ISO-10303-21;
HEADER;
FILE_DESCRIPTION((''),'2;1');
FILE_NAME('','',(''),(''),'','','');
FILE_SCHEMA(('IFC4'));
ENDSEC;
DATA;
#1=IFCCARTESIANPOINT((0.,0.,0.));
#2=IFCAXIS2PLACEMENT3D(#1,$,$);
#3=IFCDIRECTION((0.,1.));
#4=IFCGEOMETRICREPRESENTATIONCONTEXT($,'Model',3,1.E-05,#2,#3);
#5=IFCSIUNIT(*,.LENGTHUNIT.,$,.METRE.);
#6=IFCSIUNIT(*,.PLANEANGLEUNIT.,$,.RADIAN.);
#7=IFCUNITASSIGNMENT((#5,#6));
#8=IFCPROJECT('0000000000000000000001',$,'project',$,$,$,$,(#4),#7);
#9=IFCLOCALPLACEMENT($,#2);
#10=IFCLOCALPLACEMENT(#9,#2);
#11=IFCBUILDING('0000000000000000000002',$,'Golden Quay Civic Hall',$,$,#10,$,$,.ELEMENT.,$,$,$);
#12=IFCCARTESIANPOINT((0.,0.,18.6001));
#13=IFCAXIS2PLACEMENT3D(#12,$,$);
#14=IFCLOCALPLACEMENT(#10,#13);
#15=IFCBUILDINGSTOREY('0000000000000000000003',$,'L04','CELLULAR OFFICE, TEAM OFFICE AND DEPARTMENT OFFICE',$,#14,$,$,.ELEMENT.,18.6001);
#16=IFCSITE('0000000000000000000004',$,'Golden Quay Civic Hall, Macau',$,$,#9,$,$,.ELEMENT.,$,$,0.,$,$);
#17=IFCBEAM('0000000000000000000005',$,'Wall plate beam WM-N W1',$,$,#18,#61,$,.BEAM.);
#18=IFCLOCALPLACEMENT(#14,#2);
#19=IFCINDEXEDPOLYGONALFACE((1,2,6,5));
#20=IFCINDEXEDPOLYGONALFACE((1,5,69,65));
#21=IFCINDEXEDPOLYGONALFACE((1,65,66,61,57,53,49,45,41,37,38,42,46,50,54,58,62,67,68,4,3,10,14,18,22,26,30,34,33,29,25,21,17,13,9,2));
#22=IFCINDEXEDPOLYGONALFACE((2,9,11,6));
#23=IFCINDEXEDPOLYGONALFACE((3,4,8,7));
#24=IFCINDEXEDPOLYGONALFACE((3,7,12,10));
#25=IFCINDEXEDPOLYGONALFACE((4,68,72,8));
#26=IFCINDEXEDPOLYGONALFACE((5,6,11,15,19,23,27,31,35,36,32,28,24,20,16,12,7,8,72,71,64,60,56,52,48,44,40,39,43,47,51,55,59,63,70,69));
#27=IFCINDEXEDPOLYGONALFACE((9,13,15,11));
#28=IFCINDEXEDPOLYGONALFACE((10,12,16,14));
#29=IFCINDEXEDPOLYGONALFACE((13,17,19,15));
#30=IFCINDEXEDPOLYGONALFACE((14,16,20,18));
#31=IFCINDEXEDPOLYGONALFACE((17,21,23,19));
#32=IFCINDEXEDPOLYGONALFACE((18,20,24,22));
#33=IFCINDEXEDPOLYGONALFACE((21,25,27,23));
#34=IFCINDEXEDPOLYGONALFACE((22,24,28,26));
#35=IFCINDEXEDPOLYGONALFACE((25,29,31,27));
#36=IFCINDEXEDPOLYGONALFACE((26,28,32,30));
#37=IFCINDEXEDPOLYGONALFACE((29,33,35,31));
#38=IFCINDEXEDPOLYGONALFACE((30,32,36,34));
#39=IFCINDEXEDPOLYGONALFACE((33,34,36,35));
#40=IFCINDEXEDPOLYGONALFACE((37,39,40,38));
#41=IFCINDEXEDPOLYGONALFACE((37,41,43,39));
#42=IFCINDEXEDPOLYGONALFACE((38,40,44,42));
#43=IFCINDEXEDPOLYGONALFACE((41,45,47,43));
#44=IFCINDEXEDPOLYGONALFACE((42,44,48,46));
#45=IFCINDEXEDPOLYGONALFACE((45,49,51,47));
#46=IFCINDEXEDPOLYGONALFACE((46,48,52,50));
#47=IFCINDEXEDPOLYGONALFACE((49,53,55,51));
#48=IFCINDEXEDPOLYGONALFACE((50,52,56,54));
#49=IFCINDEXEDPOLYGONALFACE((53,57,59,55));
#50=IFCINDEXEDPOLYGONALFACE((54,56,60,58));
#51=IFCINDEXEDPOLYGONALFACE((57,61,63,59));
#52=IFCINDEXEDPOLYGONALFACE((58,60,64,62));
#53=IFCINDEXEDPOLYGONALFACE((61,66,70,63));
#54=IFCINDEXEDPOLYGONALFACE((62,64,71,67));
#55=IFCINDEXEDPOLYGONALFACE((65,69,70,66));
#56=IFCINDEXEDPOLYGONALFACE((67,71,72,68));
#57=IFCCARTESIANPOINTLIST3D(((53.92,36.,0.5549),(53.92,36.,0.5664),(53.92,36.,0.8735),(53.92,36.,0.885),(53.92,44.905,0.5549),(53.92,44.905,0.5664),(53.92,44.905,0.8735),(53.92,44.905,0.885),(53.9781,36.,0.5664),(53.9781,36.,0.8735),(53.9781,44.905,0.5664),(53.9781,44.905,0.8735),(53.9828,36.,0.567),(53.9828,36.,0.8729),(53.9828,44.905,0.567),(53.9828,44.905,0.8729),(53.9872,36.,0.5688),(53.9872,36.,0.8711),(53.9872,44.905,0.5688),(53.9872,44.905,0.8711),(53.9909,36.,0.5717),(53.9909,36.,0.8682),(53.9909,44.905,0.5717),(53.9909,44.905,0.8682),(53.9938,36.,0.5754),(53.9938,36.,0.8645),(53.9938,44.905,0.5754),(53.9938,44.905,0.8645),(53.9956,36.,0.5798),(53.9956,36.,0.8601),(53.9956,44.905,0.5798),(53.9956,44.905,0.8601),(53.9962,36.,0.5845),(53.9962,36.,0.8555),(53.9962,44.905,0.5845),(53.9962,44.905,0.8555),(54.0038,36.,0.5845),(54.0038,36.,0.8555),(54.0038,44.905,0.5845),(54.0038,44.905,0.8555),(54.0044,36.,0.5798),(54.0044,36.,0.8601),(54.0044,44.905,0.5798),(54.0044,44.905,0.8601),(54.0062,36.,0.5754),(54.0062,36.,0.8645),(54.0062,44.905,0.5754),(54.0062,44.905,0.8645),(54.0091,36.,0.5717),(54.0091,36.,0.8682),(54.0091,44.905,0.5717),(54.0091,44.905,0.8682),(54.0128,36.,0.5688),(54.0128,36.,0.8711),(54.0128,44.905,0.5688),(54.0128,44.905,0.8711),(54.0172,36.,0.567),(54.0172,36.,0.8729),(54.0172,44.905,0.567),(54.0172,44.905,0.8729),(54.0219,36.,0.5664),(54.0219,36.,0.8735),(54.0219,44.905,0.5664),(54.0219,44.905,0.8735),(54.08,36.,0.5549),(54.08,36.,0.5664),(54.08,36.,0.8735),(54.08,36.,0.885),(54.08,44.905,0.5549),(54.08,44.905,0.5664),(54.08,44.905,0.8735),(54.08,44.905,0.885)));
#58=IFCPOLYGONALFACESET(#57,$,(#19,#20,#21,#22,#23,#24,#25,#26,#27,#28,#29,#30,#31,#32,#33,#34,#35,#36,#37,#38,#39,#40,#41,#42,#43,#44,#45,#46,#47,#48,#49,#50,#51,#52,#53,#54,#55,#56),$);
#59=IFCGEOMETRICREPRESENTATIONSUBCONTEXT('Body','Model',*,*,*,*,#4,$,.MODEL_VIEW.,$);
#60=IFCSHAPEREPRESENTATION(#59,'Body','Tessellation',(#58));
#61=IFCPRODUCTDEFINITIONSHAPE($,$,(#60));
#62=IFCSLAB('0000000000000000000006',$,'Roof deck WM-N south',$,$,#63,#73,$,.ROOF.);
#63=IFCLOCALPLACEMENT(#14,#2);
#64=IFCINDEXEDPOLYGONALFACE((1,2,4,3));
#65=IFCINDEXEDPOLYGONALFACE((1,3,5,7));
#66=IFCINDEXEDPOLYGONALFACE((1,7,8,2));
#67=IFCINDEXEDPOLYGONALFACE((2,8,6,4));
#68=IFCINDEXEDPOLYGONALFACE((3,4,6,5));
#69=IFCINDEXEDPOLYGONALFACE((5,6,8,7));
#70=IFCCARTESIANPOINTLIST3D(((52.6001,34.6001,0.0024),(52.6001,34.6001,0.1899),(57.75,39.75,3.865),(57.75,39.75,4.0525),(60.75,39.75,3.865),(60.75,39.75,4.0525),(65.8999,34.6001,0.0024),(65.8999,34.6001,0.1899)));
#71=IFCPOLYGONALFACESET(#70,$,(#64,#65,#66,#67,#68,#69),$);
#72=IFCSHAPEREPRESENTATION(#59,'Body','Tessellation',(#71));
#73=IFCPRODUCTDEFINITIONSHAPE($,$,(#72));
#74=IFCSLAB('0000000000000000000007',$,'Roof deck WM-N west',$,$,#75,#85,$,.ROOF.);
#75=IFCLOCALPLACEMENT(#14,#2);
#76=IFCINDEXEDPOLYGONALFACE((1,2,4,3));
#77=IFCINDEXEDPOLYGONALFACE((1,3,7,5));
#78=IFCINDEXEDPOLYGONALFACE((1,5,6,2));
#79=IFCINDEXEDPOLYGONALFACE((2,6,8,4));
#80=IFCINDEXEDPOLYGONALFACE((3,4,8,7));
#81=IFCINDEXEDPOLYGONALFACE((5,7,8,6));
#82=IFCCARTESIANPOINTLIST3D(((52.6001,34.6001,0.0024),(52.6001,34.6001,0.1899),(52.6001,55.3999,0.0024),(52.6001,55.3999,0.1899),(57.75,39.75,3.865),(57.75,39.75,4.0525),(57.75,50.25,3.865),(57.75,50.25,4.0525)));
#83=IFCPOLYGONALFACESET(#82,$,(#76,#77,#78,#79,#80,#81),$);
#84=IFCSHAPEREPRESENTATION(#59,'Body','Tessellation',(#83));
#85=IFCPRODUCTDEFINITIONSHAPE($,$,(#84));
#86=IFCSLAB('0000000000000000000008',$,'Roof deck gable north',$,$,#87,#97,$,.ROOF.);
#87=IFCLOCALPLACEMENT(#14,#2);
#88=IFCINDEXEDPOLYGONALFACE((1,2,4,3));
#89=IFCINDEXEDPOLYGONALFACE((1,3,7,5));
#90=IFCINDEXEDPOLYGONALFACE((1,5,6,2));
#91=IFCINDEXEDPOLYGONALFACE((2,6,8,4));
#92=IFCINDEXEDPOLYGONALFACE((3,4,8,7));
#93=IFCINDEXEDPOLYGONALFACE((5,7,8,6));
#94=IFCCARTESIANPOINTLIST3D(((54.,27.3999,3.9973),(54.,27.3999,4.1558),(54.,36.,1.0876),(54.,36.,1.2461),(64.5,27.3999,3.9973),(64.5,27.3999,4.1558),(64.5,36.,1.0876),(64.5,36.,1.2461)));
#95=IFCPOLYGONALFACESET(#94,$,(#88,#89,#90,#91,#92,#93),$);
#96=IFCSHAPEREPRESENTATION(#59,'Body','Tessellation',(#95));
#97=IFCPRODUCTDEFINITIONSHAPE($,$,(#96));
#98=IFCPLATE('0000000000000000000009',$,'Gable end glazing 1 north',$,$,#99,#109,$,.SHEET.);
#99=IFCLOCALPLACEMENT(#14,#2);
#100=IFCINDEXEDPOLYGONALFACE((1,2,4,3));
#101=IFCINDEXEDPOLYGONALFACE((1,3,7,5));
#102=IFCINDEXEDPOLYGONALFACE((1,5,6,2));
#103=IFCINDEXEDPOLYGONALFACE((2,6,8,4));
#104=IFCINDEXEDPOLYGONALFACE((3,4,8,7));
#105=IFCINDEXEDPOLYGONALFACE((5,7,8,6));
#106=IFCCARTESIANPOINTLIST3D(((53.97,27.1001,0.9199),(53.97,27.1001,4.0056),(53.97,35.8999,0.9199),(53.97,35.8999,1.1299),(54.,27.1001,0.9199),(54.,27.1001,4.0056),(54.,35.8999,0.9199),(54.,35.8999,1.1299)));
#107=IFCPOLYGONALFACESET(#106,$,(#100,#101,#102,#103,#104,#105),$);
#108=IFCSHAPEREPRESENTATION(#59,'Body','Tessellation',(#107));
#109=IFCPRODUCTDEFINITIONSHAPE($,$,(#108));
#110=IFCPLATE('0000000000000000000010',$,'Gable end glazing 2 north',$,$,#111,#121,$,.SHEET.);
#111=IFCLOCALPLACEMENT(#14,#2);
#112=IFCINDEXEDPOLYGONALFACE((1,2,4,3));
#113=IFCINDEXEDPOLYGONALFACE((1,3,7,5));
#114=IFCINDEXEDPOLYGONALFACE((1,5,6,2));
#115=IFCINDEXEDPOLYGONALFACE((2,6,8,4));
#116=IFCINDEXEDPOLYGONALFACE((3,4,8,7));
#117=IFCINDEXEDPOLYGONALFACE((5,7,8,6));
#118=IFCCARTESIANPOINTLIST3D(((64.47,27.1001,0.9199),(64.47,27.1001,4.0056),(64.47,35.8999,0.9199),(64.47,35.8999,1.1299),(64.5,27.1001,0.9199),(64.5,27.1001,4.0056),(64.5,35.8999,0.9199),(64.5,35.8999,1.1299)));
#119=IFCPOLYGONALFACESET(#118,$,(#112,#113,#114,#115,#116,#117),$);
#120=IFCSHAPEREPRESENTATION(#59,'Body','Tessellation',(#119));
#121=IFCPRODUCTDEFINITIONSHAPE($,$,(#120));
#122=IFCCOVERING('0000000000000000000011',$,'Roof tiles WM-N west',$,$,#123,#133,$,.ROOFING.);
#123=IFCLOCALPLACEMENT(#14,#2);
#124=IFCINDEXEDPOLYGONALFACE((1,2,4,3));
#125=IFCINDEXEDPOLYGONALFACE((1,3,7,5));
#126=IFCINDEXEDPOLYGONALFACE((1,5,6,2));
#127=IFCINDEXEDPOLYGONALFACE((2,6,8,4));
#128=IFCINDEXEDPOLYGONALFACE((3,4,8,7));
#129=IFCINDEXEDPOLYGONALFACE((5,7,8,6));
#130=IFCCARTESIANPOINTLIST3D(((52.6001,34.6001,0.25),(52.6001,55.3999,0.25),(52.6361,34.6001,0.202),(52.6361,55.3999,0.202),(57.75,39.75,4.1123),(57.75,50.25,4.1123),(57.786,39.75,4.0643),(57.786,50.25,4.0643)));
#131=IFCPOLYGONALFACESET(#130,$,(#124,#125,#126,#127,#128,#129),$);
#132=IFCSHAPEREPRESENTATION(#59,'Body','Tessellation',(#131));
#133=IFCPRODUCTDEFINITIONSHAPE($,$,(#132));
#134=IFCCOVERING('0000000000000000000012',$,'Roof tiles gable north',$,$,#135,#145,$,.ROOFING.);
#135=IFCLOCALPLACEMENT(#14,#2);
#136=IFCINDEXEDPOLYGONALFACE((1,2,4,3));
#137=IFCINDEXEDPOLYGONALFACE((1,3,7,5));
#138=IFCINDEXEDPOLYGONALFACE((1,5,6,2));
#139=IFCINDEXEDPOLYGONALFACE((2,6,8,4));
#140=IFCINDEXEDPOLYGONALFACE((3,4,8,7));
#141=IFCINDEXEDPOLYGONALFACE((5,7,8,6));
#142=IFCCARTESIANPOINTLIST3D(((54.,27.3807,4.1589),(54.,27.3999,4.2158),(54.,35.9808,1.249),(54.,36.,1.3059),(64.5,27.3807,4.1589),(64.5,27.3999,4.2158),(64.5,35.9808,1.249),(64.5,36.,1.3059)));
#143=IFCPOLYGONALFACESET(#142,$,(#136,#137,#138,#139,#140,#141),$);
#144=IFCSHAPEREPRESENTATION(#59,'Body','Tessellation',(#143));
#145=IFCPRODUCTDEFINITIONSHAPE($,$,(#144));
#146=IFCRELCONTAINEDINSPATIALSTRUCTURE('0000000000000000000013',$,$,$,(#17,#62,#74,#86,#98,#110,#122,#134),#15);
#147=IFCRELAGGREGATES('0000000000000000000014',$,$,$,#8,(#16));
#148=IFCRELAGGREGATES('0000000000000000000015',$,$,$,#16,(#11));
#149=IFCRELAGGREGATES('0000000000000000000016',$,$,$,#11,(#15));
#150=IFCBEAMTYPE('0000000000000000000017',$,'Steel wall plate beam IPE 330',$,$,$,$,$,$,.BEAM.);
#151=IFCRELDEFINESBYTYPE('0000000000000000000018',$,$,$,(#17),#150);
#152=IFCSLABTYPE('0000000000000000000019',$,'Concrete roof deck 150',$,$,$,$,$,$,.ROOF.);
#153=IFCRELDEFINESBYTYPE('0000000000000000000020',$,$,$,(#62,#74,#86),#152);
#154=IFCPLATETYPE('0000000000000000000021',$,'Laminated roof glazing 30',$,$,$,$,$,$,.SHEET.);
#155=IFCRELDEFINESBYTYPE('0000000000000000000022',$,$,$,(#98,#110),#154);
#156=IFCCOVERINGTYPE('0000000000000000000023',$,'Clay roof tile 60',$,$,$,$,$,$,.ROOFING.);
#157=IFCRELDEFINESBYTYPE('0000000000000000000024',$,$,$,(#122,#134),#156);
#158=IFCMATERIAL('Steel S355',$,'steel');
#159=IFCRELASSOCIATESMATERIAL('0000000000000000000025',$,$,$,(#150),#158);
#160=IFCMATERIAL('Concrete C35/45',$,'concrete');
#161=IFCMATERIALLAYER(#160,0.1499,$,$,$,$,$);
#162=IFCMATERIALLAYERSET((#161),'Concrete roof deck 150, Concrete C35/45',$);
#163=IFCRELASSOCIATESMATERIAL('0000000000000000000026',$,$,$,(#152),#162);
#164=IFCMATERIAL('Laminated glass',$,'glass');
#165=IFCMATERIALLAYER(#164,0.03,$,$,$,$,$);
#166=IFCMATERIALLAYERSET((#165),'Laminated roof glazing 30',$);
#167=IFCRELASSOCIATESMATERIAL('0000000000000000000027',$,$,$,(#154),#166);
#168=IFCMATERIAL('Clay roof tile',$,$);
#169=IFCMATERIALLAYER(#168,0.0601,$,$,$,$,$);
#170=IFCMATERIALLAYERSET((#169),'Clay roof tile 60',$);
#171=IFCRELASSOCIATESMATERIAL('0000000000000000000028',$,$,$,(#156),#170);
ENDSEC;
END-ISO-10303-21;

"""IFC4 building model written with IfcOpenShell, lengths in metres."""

from ifc_helpers import new_model, si_unit, direction, frame, origin, origin_2d, place, context, subcontext, project, spatial, polyline, i_section, outline, extrude, material, layer, layer_set, material_profile, profile_set, type_object, element, save


model = new_model("IFC4")

# Units and contexts
model_context = context("Model", 3, precision=1e-05, world=origin(), true_north=direction((0.0, 1.0)))
body_context = subcontext(model_context, "Body", "Model", "MODEL_VIEW")
ifc_project = project(units=[si_unit("LENGTHUNIT", "METRE"), si_unit("PLANEANGLEUNIT", "RADIAN")], contexts=[model_context])

# Site, building, storey
site_placement = place(None, origin())
site = spatial("IfcSite", under=ifc_project, at=site_placement, Name="Golden Quay Civic Hall, Macau", CompositionType="ELEMENT", RefElevation=0.0)
building_placement = place(site_placement, origin())
building = spatial("IfcBuilding", under=site, at=building_placement, Name="Golden Quay Civic Hall", CompositionType="ELEMENT")
storey_placement = place(building_placement, frame((0.0, 0.0, 18.6001)))
storey = spatial("IfcBuildingStorey", under=building, at=storey_placement, Name="L04", Description="CELLULAR OFFICE, TEAM OFFICE AND DEPARTMENT OFFICE", CompositionType="ELEMENT", Elevation=18.6001)

# Beam
ifc_material_1 = material(Name="Steel S355", Category="steel")
ifc_material_profile_1 = material_profile(ifc_material_1, i_section(OverallWidth=0.1599, OverallDepth=0.3301, WebThickness=0.0076, FlangeThickness=0.0115, FilletRadius=0.0181, at=origin_2d()), Name="IPE 330")
ifc_profile_set_1 = profile_set([ifc_material_profile_1], Name="Steel S355")
beam_type_1 = type_object("IfcBeamType", Name="Steel wall plate beam IPE 330", PredefinedType="BEAM", material=ifc_profile_set_1)
beam_1_placement = place(storey_placement, frame((54.0, 36.0, 0.72), z_axis=(0.0, 1.0, 0.0), x_axis=(-1.0, 0.0, 0.0)))
element("IfcBeam", 1, at=beam_1_placement, inside=storey, type_object=beam_type_1, Name="Wall plate beam WM-N W1", PredefinedType="BEAM", context=body_context, shape_type="SweptSolid", body=[
    extrude(i_section(OverallWidth=0.1599, OverallDepth=0.3301, WebThickness=0.0076, FlangeThickness=0.0115, FilletRadius=0.0181, at=origin_2d()), origin(), (0.0, 0.0, 1.0), 8.905),
])

# Slabs
ifc_material_2 = material(Name="Concrete C35/45", Category="concrete")
ifc_layer_1 = layer(ifc_material_2, 0.1499)
ifc_layer_set_1 = layer_set([ifc_layer_1], Name="Concrete roof deck 150, Concrete C35/45")
slab_type = type_object("IfcSlabType", Name="Concrete roof deck 150", PredefinedType="ROOF", material=ifc_layer_set_1)
slab_1_placement = place(storey_placement, frame((52.6001, 34.6001, 0.1899), z_axis=(0.0, -0.600012, 0.799991), x_axis=(1.0, 0.0, 0.0)))
element("IfcSlab", 2, at=slab_1_placement, inside=storey, type_object=slab_type, Name="Roof deck WM-N south", PredefinedType="ROOF", context=body_context, shape_type="SweptSolid", body=[
    extrude(outline(polyline([(0.0, 0.0), (13.2998, 0.0), (8.1499, 6.4375), (5.1499, 6.4375), (0.0, 0.0)])), origin(), (0.0, -0.600012, -0.799991), 0.1875),
])
slab_2_placement = place(storey_placement, frame((52.6001, 34.6001, 0.1899), z_axis=(-0.600012, 0.0, 0.799991), x_axis=(0.0, 1.0, 0.0)))
element("IfcSlab", 3, at=slab_2_placement, inside=storey, type_object=slab_type, Name="Roof deck WM-N west", PredefinedType="ROOF", context=body_context, shape_type="SweptSolid", body=[
    extrude(outline(polyline([(0.0, 0.0), (20.7998, 0.0), (15.6499, -6.4375), (5.1499, -6.4375), (0.0, 0.0)])), origin(), (0.0, 0.600012, -0.799991), 0.1875),
])
slab_3_placement = place(storey_placement, frame((54.0, 27.3999, 4.1558), z_axis=(0.0, 0.320484, 0.947254), x_axis=(1.0, 0.0, 0.0)))
element("IfcSlab", 4, at=slab_3_placement, inside=storey, type_object=slab_type, Name="Roof deck gable north", PredefinedType="ROOF", context=body_context, shape_type="SweptSolid", body=[
    extrude(outline(polyline([(0.0, 0.0), (10.5, 0.0), (10.5, 9.079), (0.0, 9.079), (0.0, 0.0)])), origin(), (0.0, 0.320484, -0.947254), 0.1584),
])

# Plates
ifc_material_3 = material(Name="Laminated glass", Category="glass")
ifc_layer_2 = layer(ifc_material_3, 0.03)
ifc_layer_set_2 = layer_set([ifc_layer_2], Name="Laminated roof glazing 30")
plate_type = type_object("IfcPlateType", Name="Laminated roof glazing 30", PredefinedType="SHEET", material=ifc_layer_set_2)
for number, where, z_axis, x_axis, name in (
    (5, (54.0, 27.1001, 0.9199), (1.0, 0.0, 0.0), (0.0, 1.0, 0.0), "Gable end glazing 1 north"),
    (6, (64.5, 27.1001, 0.9199), (1.0, 0.0, 0.0), (0.0, 1.0, 0.0), "Gable end glazing 2 north"),
):
    element("IfcPlate", number, at=place(storey_placement, frame(where, z_axis=z_axis, x_axis=x_axis)), inside=storey, type_object=plate_type, Name=name, PredefinedType="SHEET", context=body_context, shape_type="SweptSolid", body=[
        extrude(outline(polyline([(0.0, 0.0), (8.7998, 0.0), (8.7998, 0.21), (0.0, 3.0857), (0.0, 0.0)])), origin(), (0.0, 0.0, -1.0), 0.03),
    ])

# Coverings
ifc_material_4 = material(Name="Clay roof tile")
ifc_layer_3 = layer(ifc_material_4, 0.0601)
ifc_layer_set_3 = layer_set([ifc_layer_3], Name="Clay roof tile 60")
covering_type = type_object("IfcCoveringType", Name="Clay roof tile 60", PredefinedType="ROOFING", material=ifc_layer_set_3)
covering_1_placement = place(storey_placement, frame((52.6001, 34.6001, 0.25), z_axis=(-0.599988, 0.0, 0.800009), x_axis=(0.0, 1.0, 0.0)))
element("IfcCovering", 7, at=covering_1_placement, inside=storey, type_object=covering_type, Name="Roof tiles WM-N west", PredefinedType="ROOFING", context=body_context, shape_type="SweptSolid", body=[
    extrude(outline(polyline([(0.0, 0.0), (20.7998, 0.0), (15.6499, -6.4373), (5.1499, -6.4373), (0.0, 0.0)])), origin(), (0.0, 0.0, -1.0), 0.0601),
])
covering_2_placement = place(storey_placement, frame((54.0, 27.3999, 4.2158), z_axis=(0.0, 0.320508, 0.947246), x_axis=(1.0, 0.0, 0.0)))
element("IfcCovering", 8, at=covering_2_placement, inside=storey, type_object=covering_type, Name="Roof tiles gable north", PredefinedType="ROOFING", context=body_context, shape_type="SweptSolid", body=[
    extrude(outline(polyline([(0.0, 0.0), (10.5, 0.0), (10.5, 9.0791), (0.0, 9.0791), (0.0, 0.0)])), origin(), (0.0, 0.0, -1.0), 0.0601),
])

save(model, "model.ifc")
